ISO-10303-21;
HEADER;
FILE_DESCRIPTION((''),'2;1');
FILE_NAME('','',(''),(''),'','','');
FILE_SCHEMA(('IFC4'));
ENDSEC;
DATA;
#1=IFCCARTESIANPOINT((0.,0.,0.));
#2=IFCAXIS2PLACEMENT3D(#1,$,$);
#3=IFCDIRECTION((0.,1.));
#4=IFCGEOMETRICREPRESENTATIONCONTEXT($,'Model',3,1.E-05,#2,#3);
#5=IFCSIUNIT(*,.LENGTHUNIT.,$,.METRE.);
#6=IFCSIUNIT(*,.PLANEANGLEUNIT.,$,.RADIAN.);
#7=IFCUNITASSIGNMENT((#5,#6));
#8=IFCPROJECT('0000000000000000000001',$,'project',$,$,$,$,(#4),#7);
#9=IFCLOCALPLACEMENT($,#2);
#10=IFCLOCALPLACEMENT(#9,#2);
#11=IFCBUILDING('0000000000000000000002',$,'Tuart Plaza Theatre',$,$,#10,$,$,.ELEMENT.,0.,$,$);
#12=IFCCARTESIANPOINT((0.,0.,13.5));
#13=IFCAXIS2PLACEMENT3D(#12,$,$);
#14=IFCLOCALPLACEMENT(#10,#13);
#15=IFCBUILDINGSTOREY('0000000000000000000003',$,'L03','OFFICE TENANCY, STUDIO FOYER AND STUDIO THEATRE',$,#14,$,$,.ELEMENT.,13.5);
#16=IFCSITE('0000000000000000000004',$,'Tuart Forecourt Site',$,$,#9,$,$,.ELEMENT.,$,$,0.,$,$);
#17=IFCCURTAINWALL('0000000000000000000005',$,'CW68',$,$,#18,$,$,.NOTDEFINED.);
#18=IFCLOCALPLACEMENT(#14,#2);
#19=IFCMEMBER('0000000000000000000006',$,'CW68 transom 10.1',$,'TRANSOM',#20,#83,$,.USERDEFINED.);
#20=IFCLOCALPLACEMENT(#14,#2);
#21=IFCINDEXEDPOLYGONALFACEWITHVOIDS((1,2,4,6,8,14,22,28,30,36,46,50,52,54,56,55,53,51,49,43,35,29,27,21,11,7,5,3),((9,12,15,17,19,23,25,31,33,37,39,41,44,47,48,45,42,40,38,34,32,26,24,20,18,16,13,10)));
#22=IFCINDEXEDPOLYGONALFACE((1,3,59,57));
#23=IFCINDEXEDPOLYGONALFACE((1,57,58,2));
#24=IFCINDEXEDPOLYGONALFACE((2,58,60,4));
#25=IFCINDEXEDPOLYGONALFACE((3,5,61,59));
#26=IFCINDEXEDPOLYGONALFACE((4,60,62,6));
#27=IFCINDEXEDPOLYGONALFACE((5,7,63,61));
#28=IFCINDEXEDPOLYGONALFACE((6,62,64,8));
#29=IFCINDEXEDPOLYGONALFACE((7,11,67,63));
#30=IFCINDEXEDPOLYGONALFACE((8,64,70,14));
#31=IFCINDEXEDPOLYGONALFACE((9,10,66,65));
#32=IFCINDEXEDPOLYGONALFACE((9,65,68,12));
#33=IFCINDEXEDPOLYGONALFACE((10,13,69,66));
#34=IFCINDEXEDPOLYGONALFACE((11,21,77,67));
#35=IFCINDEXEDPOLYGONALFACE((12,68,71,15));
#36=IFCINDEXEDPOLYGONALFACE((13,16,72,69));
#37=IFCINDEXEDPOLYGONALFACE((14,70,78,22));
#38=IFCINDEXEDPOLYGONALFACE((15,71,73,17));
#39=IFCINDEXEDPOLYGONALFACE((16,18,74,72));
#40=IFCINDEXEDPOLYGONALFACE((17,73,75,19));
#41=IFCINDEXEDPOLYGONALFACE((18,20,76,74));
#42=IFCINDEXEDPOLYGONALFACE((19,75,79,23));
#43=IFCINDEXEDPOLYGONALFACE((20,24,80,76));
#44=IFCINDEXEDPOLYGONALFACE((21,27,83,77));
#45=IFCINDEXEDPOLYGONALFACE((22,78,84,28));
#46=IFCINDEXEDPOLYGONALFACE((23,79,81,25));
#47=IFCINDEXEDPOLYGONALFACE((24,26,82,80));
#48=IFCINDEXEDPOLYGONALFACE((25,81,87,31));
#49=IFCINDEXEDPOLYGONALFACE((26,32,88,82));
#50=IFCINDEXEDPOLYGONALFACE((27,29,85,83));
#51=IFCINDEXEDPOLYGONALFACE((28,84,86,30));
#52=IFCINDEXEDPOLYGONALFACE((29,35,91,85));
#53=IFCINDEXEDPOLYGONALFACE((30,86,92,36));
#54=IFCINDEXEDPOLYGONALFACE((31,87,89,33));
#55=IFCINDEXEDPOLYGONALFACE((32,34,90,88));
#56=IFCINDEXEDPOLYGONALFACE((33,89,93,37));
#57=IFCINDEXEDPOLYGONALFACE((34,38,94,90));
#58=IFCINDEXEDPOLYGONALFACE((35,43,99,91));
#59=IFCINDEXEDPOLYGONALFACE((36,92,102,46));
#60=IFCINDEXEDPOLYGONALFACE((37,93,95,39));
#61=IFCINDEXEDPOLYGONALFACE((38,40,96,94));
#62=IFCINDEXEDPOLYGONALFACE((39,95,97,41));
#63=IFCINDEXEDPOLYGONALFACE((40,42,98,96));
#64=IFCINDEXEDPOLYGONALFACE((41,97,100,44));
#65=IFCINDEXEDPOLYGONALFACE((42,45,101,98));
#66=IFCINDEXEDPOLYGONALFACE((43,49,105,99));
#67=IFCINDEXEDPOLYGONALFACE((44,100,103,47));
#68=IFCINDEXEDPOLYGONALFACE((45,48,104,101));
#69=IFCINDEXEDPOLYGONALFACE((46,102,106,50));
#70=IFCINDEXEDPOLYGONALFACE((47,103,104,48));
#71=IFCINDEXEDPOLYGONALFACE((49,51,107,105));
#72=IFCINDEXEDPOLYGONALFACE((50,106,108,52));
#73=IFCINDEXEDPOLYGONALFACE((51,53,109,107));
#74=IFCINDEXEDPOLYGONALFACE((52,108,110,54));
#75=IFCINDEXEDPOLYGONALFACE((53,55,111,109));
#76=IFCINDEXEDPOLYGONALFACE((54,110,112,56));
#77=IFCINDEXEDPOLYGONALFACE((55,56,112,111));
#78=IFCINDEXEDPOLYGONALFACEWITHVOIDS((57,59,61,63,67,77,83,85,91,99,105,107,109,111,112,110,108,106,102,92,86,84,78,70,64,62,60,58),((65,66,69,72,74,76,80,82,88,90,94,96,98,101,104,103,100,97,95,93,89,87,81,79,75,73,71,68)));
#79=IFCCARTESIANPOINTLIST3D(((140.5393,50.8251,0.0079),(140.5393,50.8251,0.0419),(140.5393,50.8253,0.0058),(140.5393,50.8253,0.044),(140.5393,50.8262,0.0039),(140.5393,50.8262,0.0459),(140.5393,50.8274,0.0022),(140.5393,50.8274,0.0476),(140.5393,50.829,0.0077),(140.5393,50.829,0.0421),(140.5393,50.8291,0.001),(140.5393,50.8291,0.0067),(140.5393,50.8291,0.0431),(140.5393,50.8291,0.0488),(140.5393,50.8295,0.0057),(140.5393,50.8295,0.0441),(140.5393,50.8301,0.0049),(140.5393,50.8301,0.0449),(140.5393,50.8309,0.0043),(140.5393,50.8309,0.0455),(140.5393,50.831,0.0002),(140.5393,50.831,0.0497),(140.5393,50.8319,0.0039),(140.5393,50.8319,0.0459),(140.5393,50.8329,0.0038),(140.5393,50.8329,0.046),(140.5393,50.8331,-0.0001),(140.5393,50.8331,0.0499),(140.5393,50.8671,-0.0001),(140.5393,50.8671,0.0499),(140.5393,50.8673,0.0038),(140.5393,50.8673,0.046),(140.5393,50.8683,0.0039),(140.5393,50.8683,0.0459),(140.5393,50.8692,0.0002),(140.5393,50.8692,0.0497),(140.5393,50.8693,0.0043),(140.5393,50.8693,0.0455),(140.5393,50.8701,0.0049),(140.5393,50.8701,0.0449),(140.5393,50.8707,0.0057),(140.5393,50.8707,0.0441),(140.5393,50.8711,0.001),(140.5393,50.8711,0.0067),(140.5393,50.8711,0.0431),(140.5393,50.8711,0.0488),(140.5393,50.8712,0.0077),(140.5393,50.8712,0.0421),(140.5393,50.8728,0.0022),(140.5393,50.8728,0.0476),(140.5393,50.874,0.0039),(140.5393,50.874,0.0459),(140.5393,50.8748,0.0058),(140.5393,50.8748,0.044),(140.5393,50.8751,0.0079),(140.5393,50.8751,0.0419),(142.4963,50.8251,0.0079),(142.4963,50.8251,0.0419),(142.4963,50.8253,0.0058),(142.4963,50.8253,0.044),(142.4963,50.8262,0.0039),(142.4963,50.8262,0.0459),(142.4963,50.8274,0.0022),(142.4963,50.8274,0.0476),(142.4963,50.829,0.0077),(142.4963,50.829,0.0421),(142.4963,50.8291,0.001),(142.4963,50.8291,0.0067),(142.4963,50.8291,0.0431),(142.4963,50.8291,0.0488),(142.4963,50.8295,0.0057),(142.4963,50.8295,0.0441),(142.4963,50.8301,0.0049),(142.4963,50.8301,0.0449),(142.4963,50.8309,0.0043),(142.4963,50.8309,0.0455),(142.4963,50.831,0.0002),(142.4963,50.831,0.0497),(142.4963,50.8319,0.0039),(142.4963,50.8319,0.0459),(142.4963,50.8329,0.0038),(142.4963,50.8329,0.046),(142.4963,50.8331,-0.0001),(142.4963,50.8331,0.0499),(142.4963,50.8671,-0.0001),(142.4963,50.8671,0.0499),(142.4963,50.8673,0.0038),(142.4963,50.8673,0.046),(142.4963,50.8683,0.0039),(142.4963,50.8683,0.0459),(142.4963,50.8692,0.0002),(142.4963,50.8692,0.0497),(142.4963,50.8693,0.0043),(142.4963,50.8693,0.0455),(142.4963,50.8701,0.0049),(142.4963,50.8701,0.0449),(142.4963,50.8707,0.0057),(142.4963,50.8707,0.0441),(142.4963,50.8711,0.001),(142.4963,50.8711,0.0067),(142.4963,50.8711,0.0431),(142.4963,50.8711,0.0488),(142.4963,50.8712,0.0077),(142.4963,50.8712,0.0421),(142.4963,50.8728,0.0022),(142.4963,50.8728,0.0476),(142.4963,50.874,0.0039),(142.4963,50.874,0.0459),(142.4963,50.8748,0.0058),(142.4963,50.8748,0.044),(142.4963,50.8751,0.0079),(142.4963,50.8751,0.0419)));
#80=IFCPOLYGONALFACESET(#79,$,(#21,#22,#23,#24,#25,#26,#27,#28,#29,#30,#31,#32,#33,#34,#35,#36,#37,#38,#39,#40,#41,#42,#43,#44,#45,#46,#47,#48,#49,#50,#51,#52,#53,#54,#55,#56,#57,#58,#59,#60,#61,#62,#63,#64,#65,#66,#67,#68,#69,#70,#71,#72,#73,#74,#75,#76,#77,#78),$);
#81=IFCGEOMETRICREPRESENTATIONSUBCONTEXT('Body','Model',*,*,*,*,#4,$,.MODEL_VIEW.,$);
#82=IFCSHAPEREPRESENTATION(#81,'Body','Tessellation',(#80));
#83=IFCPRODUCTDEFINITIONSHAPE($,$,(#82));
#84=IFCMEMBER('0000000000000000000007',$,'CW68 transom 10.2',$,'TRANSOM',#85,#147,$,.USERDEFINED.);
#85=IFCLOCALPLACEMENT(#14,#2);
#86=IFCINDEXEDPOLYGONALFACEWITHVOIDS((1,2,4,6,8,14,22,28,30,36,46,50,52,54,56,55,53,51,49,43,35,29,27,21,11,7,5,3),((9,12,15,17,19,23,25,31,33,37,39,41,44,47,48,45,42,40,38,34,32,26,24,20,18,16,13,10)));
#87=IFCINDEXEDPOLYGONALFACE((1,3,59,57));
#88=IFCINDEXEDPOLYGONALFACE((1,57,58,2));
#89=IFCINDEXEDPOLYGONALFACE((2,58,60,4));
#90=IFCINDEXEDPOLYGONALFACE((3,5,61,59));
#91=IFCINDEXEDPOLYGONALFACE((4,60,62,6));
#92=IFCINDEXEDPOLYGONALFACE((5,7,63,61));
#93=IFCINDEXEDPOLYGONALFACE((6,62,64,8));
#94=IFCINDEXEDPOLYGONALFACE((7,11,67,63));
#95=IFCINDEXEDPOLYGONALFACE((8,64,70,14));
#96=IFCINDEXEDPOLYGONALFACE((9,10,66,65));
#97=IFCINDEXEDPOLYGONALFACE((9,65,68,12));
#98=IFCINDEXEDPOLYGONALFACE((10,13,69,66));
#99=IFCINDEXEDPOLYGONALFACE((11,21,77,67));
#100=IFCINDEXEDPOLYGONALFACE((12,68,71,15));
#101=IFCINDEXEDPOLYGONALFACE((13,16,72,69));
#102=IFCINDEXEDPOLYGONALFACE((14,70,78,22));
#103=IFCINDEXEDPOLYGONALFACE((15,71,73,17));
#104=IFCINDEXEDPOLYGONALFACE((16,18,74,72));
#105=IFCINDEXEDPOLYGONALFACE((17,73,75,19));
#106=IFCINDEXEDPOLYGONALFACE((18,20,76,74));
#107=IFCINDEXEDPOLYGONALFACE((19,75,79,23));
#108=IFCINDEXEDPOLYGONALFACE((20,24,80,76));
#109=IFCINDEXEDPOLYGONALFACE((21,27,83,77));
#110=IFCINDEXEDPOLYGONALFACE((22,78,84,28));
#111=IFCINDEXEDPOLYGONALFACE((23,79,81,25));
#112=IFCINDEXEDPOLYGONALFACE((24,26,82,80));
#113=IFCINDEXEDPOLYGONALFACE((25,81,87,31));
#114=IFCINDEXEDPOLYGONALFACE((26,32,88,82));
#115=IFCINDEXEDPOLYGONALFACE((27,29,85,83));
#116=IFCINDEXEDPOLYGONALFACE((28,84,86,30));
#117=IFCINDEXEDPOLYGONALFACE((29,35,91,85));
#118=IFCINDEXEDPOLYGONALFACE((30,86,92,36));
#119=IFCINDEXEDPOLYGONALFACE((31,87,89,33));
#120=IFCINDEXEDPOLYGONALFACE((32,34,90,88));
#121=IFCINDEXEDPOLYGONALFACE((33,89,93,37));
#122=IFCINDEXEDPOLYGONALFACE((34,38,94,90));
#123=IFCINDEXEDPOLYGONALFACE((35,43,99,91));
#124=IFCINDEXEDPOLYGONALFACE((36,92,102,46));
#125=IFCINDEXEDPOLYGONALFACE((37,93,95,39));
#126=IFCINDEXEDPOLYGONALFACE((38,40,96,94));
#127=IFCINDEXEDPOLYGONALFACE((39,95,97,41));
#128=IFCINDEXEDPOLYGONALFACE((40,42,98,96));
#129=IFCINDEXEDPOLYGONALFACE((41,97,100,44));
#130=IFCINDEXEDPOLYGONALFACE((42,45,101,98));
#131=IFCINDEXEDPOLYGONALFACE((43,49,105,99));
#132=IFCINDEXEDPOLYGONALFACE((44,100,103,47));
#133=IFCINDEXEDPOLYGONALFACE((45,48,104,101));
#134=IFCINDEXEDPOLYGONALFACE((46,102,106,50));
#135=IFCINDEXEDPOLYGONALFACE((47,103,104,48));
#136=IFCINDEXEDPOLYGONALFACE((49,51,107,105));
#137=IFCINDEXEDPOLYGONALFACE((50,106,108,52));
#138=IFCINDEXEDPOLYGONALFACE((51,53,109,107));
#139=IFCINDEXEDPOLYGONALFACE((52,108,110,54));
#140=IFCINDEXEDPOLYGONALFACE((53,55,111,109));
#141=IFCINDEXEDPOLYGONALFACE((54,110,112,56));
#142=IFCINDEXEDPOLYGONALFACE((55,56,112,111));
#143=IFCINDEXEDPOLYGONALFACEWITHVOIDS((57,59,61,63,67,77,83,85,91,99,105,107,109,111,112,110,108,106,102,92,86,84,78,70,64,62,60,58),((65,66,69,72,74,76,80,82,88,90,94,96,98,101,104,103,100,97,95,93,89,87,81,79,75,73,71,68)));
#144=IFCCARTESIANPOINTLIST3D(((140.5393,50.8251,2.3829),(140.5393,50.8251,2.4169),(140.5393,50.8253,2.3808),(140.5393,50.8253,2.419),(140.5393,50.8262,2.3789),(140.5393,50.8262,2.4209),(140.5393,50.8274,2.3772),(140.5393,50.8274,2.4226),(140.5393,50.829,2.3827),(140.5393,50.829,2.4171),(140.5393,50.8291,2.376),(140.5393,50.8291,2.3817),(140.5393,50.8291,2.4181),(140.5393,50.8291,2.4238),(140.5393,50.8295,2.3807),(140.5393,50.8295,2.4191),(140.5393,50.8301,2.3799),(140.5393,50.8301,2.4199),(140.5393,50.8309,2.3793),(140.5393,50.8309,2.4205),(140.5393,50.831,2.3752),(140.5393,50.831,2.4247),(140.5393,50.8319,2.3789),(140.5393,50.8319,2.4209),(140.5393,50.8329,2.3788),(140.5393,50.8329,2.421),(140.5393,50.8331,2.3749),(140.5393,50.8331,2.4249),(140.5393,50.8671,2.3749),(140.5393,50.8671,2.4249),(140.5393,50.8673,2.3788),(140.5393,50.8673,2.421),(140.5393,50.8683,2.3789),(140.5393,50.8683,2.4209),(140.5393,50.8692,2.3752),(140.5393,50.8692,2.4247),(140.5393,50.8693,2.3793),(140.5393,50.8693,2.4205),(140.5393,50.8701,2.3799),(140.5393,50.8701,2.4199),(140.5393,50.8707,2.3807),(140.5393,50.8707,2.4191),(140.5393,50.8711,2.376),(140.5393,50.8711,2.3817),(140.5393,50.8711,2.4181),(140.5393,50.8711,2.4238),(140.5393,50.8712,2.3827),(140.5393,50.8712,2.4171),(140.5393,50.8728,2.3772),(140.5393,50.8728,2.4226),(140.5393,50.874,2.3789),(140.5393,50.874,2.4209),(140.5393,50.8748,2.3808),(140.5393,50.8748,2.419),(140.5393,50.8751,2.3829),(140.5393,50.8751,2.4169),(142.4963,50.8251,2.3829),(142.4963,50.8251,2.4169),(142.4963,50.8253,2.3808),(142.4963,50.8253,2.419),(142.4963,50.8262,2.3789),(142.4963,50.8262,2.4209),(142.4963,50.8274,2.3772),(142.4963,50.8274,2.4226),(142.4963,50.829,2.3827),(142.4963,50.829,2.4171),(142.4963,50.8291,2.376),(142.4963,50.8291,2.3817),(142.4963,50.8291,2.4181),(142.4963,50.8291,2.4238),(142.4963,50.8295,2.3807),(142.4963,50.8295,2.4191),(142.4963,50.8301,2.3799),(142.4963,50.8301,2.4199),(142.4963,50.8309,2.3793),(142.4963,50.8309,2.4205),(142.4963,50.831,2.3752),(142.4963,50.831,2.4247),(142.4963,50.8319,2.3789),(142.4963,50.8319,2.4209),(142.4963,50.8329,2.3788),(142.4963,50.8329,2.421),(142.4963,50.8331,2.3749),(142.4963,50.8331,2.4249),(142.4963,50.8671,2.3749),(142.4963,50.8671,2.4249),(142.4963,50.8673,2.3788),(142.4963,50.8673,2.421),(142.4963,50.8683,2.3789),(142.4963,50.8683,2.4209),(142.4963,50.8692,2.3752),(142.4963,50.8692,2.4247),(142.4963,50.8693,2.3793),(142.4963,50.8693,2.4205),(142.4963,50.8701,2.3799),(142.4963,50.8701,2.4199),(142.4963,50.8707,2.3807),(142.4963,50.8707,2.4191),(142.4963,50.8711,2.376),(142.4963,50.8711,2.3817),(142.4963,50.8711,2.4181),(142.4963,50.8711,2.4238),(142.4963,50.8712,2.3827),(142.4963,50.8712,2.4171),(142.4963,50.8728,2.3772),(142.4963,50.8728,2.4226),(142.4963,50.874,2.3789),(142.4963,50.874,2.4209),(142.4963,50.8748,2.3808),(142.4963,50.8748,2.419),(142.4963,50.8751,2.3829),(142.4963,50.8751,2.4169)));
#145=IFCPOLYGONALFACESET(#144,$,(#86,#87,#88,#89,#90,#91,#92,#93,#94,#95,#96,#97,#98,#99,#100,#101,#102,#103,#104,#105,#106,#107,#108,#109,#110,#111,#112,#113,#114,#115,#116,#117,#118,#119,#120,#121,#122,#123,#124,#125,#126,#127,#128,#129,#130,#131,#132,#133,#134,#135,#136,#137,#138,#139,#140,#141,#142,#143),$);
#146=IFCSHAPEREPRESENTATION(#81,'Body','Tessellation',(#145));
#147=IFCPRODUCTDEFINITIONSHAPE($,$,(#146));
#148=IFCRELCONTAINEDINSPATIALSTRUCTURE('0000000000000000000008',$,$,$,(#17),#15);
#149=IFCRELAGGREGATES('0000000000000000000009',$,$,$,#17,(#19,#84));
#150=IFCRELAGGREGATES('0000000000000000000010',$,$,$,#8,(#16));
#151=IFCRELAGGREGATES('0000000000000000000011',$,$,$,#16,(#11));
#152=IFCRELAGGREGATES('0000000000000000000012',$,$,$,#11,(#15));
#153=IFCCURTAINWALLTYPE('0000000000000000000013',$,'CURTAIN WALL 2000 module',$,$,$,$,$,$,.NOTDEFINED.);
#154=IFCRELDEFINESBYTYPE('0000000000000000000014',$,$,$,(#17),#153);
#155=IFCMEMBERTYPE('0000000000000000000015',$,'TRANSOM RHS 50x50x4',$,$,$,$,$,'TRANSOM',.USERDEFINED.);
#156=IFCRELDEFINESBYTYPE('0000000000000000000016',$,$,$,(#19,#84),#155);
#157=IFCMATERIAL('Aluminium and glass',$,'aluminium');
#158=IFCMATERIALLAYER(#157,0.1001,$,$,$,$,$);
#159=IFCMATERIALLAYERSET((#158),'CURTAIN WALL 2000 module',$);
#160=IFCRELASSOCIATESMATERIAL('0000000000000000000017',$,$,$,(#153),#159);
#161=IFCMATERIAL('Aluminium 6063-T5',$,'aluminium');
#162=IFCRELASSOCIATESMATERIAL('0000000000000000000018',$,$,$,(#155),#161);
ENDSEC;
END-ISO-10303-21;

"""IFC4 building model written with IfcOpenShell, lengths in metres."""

from ifc_helpers import new_model, si_unit, direction, frame, origin, origin_2d, place, context, subcontext, project, spatial, hollow_rectangle, extrude, material, layer, layer_set, material_profile, profile_set, type_object, element, aggregate, save


model = new_model("IFC4")

# Units and contexts
model_context = context("Model", 3, precision=1e-05, world=origin(), true_north=direction((0.0, 1.0)))
body_context = subcontext(model_context, "Body", "Model", "MODEL_VIEW")
ifc_project = project(units=[si_unit("LENGTHUNIT", "METRE"), si_unit("PLANEANGLEUNIT", "RADIAN")], contexts=[model_context])

# Site, building, storey
site_placement = place(None, origin())
site = spatial("IfcSite", under=ifc_project, at=site_placement, Name="Tuart Forecourt Site", CompositionType="ELEMENT", RefElevation=0.0)
building_placement = place(site_placement, origin())
building = spatial("IfcBuilding", under=site, at=building_placement, Name="Tuart Plaza Theatre", CompositionType="ELEMENT", ElevationOfRefHeight=0.0)
storey_placement = place(building_placement, frame((0.0, 0.0, 13.5)))
storey = spatial("IfcBuildingStorey", under=building, at=storey_placement, Name="L03", Description="OFFICE TENANCY, STUDIO FOYER AND STUDIO THEATRE", CompositionType="ELEMENT", Elevation=13.5)

# Curtain wall, members
ifc_material_1 = material(Name="Aluminium and glass", Category="aluminium")
ifc_layer_1 = layer(ifc_material_1, 0.1001)
ifc_layer_set_1 = layer_set([ifc_layer_1], Name="CURTAIN WALL 2000 module")
curtain_wall_type = type_object("IfcCurtainWallType", Name="CURTAIN WALL 2000 module", PredefinedType="NOTDEFINED", material=ifc_layer_set_1)
curtain_wall_placement = place(storey_placement, origin())
curtain_wall = element("IfcCurtainWall", 1, at=curtain_wall_placement, inside=storey, type_object=curtain_wall_type, Name="CW68", PredefinedType="NOTDEFINED")
ifc_material_2 = material(Name="Aluminium 6063-T5", Category="aluminium")
ifc_material_profile_1 = material_profile(ifc_material_2, hollow_rectangle(XDim=0.05, YDim=0.05, WallThickness=0.0039, InnerFilletRadius=0.0039, OuterFilletRadius=0.0081, at=origin_2d()), Name="RHS 50x50x4")
ifc_profile_set_1 = profile_set([ifc_material_profile_1], Name="Aluminium 6063-T5")
member_type_1 = type_object("IfcMemberType", Name="TRANSOM RHS 50x50x4", ElementType="TRANSOM", PredefinedType="USERDEFINED", material=ifc_profile_set_1)
member_1_placement = place(storey_placement, frame((140.5393, 50.8501, 0.0249), z_axis=(1.0, 0.0, 0.0), x_axis=(0.0, 1.0, 0.0)))
member_1 = element("IfcMember", 2, at=member_1_placement, type_object=member_type_1, Name="CW68 transom 10.1", ObjectType="TRANSOM", PredefinedType="USERDEFINED", context=body_context, shape_type="SweptSolid", body=[
    extrude(hollow_rectangle(XDim=0.05, YDim=0.05, WallThickness=0.0039, InnerFilletRadius=0.0039, OuterFilletRadius=0.0081, at=origin_2d()), origin(), (0.0, 0.0, 1.0), 1.957),
])
member_2_placement = place(storey_placement, frame((140.5393, 50.8501, 2.3999), z_axis=(1.0, 0.0, 0.0), x_axis=(0.0, 1.0, 0.0)))
member_2 = element("IfcMember", 3, at=member_2_placement, type_object=member_type_1, Name="CW68 transom 10.2", ObjectType="TRANSOM", PredefinedType="USERDEFINED", context=body_context, shape_type="SweptSolid", body=[
    extrude(hollow_rectangle(XDim=0.05, YDim=0.05, WallThickness=0.0039, InnerFilletRadius=0.0039, OuterFilletRadius=0.0081, at=origin_2d()), origin(), (0.0, 0.0, 1.0), 1.957),
])
aggregate(curtain_wall, [member_1, member_2])

save(model, "model.ifc")
